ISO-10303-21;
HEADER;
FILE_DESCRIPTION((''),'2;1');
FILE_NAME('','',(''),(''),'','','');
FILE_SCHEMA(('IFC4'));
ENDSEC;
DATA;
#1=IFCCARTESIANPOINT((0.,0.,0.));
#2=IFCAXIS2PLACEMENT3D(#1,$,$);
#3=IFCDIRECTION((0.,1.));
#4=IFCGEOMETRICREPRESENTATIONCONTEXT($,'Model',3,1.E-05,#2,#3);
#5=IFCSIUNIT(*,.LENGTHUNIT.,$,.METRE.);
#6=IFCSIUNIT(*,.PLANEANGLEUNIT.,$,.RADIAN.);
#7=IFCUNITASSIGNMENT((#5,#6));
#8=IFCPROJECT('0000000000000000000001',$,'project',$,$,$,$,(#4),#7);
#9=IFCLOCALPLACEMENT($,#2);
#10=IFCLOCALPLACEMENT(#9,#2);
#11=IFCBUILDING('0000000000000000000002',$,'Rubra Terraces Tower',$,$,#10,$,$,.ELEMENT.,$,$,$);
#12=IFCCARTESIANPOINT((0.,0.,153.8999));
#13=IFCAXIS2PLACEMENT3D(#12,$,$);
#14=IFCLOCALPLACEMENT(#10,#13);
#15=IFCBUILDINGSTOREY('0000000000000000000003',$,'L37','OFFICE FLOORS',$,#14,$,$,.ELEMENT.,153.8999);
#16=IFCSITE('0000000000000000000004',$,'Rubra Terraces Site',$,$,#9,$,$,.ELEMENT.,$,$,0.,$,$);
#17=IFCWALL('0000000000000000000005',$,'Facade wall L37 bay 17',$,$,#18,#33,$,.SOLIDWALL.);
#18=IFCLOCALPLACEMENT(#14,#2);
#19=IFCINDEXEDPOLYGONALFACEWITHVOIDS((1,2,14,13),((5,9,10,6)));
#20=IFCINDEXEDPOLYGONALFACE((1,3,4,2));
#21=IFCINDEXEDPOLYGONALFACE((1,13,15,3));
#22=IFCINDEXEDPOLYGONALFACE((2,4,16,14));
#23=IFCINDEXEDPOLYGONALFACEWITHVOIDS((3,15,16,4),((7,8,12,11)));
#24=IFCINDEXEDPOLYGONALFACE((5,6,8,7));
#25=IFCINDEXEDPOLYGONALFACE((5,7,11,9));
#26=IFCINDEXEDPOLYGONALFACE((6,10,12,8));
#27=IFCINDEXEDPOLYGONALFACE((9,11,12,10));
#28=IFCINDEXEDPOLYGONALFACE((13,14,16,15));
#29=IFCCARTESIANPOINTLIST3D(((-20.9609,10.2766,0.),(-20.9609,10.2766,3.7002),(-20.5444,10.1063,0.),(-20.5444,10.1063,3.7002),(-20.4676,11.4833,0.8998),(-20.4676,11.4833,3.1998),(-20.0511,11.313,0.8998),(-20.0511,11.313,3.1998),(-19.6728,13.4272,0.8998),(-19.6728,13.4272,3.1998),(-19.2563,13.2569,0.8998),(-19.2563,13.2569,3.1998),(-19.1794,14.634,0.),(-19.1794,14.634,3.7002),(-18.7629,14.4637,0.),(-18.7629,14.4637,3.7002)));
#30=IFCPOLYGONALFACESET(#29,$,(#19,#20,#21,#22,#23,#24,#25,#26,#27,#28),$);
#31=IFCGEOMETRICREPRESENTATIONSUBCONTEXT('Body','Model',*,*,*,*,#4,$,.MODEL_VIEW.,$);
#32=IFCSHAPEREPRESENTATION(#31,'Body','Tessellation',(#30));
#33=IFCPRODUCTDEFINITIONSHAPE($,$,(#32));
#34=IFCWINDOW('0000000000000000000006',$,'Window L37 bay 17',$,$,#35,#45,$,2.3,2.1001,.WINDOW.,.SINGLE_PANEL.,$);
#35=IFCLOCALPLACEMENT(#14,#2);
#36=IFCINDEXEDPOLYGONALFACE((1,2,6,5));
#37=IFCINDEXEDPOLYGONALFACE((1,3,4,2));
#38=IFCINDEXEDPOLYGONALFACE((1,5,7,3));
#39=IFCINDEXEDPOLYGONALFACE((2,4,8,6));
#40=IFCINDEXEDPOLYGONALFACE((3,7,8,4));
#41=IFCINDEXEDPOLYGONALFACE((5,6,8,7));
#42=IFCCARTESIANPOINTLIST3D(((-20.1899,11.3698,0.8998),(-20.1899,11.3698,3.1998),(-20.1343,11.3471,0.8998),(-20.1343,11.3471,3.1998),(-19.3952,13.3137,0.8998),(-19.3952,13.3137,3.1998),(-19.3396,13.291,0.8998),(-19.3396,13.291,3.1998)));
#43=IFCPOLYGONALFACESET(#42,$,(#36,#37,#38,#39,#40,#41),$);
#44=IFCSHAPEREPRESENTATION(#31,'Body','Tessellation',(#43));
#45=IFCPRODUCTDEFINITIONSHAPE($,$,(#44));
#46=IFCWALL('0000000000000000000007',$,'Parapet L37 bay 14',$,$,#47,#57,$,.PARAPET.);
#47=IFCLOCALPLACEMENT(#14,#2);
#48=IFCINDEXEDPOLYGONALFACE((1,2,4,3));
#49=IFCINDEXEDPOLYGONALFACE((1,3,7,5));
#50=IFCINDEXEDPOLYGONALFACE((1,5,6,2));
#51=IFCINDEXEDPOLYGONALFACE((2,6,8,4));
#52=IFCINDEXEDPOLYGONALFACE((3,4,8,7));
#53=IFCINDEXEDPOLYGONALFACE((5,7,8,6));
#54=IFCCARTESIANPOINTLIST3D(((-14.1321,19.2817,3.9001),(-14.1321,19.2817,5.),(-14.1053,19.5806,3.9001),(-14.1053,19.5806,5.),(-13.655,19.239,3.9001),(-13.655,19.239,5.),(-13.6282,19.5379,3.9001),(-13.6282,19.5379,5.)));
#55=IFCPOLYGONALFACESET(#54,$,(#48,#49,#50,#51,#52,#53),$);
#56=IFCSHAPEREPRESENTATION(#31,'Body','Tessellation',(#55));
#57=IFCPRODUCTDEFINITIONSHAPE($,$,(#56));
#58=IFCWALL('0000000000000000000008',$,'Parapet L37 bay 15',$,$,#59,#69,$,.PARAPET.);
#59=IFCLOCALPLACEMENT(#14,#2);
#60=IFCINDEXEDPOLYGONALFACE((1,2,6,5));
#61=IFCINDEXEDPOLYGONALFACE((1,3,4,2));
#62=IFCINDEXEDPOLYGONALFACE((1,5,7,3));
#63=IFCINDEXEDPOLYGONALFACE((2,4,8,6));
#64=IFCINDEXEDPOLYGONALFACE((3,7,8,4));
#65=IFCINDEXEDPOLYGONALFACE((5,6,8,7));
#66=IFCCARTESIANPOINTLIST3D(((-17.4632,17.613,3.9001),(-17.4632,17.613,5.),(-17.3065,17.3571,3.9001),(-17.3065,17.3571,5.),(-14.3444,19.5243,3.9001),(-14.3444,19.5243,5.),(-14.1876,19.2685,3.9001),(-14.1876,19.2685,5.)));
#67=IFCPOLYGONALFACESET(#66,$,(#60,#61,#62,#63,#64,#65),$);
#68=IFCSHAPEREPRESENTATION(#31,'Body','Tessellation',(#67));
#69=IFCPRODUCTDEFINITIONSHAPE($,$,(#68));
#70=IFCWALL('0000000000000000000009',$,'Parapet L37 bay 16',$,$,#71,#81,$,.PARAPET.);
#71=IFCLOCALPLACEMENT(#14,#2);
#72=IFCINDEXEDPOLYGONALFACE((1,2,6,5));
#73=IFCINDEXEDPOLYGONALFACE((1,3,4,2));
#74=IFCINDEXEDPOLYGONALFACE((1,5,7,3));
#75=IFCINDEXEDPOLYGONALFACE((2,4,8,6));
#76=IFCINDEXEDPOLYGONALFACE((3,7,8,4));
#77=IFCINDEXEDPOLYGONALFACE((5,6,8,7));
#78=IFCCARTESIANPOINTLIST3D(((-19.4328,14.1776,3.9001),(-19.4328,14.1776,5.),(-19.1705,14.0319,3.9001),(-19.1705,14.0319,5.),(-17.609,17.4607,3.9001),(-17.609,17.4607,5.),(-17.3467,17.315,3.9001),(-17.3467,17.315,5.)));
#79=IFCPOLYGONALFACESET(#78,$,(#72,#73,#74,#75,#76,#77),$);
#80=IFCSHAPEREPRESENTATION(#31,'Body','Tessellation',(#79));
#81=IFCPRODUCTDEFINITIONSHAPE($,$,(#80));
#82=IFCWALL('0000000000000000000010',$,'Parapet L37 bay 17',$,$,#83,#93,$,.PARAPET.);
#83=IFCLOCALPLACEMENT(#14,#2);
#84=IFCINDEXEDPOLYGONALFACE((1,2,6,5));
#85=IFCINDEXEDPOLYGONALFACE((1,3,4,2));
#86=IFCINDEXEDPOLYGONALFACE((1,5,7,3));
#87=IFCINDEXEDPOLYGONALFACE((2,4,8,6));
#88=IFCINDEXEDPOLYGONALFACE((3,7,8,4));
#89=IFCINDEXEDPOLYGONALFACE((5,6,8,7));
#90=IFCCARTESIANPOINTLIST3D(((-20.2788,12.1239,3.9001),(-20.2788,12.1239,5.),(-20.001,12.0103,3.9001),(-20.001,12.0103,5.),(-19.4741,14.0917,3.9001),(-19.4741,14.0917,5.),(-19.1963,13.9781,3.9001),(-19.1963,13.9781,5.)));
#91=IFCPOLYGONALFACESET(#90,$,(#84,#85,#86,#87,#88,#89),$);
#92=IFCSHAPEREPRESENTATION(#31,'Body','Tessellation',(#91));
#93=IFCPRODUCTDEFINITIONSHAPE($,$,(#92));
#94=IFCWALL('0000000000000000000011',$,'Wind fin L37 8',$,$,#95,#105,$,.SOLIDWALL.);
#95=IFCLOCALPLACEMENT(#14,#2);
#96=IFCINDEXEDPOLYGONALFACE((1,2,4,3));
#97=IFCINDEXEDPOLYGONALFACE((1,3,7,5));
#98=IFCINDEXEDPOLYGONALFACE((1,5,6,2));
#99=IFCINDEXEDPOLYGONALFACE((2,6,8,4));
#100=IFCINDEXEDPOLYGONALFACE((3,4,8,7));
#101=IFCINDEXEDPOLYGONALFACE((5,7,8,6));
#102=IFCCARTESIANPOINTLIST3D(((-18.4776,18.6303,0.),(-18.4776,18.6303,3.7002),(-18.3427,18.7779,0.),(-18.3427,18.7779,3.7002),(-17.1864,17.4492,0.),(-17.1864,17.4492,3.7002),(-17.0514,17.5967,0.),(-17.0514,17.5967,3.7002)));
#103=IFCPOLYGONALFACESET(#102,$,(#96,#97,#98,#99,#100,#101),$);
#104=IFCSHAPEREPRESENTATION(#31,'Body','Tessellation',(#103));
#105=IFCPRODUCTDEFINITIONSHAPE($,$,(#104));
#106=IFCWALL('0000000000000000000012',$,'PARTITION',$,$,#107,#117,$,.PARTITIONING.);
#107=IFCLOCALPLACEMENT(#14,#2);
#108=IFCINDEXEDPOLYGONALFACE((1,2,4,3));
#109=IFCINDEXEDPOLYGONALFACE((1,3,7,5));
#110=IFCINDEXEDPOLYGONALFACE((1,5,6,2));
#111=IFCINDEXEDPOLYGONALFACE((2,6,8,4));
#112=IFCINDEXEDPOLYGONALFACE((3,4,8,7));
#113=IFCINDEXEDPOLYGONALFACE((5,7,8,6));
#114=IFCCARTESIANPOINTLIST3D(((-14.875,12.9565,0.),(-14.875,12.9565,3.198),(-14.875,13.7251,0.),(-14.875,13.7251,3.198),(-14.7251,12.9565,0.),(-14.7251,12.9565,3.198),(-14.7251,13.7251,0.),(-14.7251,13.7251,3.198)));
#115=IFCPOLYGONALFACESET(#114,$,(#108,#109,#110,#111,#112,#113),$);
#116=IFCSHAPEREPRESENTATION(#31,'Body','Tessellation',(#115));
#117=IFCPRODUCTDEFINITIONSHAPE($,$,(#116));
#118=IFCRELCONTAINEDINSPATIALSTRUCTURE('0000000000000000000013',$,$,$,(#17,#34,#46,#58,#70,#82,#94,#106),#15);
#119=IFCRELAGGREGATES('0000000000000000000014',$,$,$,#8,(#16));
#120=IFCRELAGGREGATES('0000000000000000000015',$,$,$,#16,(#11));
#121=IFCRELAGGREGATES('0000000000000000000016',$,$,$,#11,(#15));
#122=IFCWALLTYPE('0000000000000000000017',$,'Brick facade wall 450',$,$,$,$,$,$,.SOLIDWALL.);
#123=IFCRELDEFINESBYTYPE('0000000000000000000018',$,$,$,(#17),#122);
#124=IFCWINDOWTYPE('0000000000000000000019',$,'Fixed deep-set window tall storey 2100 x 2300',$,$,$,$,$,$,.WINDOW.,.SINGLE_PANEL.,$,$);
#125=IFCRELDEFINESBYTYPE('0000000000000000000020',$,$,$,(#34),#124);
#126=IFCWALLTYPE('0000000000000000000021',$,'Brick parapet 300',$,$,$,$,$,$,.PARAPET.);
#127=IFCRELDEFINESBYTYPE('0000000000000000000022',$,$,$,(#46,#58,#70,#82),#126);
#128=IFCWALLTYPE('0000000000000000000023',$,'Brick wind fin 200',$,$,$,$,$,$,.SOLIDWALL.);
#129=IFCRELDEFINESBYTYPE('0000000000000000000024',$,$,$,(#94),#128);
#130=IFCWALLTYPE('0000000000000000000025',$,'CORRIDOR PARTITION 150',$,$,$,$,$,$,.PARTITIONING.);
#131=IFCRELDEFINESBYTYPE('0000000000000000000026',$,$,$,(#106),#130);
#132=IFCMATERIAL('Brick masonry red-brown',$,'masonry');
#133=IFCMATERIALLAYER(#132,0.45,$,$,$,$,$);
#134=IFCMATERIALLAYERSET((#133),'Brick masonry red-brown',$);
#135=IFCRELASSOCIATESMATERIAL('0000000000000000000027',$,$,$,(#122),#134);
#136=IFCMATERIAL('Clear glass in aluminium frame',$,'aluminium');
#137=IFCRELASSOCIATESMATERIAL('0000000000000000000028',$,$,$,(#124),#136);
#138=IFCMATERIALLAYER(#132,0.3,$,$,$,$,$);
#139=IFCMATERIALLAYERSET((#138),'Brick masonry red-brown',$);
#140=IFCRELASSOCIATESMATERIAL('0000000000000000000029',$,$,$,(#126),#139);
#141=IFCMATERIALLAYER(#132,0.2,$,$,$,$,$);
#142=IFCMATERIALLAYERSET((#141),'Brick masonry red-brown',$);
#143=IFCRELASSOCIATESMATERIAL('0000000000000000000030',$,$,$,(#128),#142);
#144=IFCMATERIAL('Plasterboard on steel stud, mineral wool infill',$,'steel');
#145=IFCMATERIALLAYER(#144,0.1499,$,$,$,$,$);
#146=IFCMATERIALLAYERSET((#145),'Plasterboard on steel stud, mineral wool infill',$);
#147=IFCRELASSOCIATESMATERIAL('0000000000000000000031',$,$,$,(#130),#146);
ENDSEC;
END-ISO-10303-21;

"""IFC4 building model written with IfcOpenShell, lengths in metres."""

from ifc_helpers import new_model, si_unit, direction, frame, frame_2d, origin, place, context, subcontext, project, spatial, rectangle, extrude, material, layer, layer_set, type_object, element, fill, save


model = new_model("IFC4")

# Units and contexts
model_context = context("Model", 3, precision=1e-05, world=origin(), true_north=direction((0.0, 1.0)))
body_context = subcontext(model_context, "Body", "Model", "MODEL_VIEW")
ifc_project = project(units=[si_unit("LENGTHUNIT", "METRE"), si_unit("PLANEANGLEUNIT", "RADIAN")], contexts=[model_context])

# Site, building, storey
site_placement = place(None, origin())
site = spatial("IfcSite", under=ifc_project, at=site_placement, Name="Rubra Terraces Site", CompositionType="ELEMENT", RefElevation=0.0)
building_placement = place(site_placement, origin())
building = spatial("IfcBuilding", under=site, at=building_placement, Name="Rubra Terraces Tower", CompositionType="ELEMENT")
storey_placement = place(building_placement, frame((0.0, 0.0, 153.8999)))
storey = spatial("IfcBuildingStorey", under=building, at=storey_placement, Name="L37", Description="OFFICE FLOORS", CompositionType="ELEMENT", Elevation=153.8999)

# Wall, opening, window
ifc_material_1 = material(Name="Brick masonry red-brown", Category="masonry")
ifc_layer_1 = layer(ifc_material_1, 0.45)
ifc_layer_set_1 = layer_set([ifc_layer_1], Name="Brick masonry red-brown")
wall_type_1 = type_object("IfcWallType", Name="Brick facade wall 450", PredefinedType="SOLIDWALL", material=ifc_layer_set_1)
ifc_material_2 = material(Name="Clear glass in aluminium frame", Category="aluminium")
window_type = type_object("IfcWindowType", Name="Fixed deep-set window tall storey 2100 x 2300", PartitioningType="SINGLE_PANEL", PredefinedType="WINDOW", material=ifc_material_2)
wall_1_placement = place(storey_placement, frame((-18.9712, 14.5488, 0.0), z_axis=(0.0, 0.0, 1.0), x_axis=(-0.378435, -0.925628, 0.0)))
wall_1 = element("IfcWall", 1, at=wall_1_placement, inside=storey, type_object=wall_type_1, Name="Facade wall L37 bay 17", PredefinedType="SOLIDWALL", context=body_context, shape_type="SweptSolid", body=[
    extrude(rectangle(XDim=4.7075, YDim=0.45, at=frame_2d((2.3538, 0.0))), origin(), (0.0, 0.0, 1.0), 3.7002),
])
opening_1_placement = place(wall_1_placement, frame((1.3037, 0.0, 0.8999)))
opening_1 = element("IfcOpeningElement", 2, at=opening_1_placement, cuts=wall_1, PredefinedType="OPENING", context=body_context, shape_type="SweptSolid", body=[
    extrude(rectangle(XDim=2.1001, YDim=2.3, at=frame_2d((1.05, 1.1499))), frame((0.0, 0.2349, 0.0), z_axis=(0.0, -1.0, 0.0), x_axis=(1.0, 0.0, 0.0)), (0.0, 0.0, 1.0), 0.47),
])
window_1_placement = place(opening_1_placement, origin())
window_1 = element("IfcWindow", 3, at=window_1_placement, inside=storey, type_object=window_type, Name="Window L37 bay 17", OverallHeight=2.3, OverallWidth=2.1001, PartitioningType="SINGLE_PANEL", PredefinedType="WINDOW", context=body_context, shape_type="SweptSolid", body=[
    extrude(rectangle(XDim=2.1001, YDim=2.3, at=frame_2d((1.05, 1.1499))), frame((0.0, 0.135, 0.0), z_axis=(0.0, -1.0, 0.0), x_axis=(1.0, 0.0, 0.0)), (0.0, 0.0, 1.0), 0.0601),
])
fill(opening_1, window_1)

# Walls
ifc_layer_2 = layer(ifc_material_1, 0.3)
ifc_layer_set_2 = layer_set([ifc_layer_2], Name="Brick masonry red-brown")
wall_type_2 = type_object("IfcWallType", Name="Brick parapet 300", PredefinedType="PARAPET", material=ifc_layer_set_2)
wall_2_placement = place(storey_placement, frame((-13.6416, 19.3884, 3.9001), z_axis=(0.0, 0.0, 1.0), x_axis=(-0.996013, 0.089203, 0.0)))
element("IfcWall", 4, at=wall_2_placement, inside=storey, type_object=wall_type_2, Name="Parapet L37 bay 14", PredefinedType="PARAPET", context=body_context, shape_type="SweptSolid", body=[
    extrude(rectangle(XDim=0.479, YDim=0.3, at=frame_2d((0.2395, 0.0))), origin(), (0.0, 0.0, 1.0), 1.0999),
])
wall_3_placement = place(storey_placement, frame((-14.2659, 19.3965, 3.9001), z_axis=(0.0, 0.0, 1.0), x_axis=(-0.852626, -0.522521, 0.0)))
element("IfcWall", 5, at=wall_3_placement, inside=storey, type_object=wall_type_2, Name="Parapet L37 bay 15", PredefinedType="PARAPET", context=body_context, shape_type="SweptSolid", body=[
    extrude(rectangle(XDim=3.658, YDim=0.3, at=frame_2d((1.8291, 0.0))), origin(), (0.0, 0.0, 1.0), 1.0999),
])
wall_4_placement = place(storey_placement, frame((-17.4778, 17.3879, 3.9001), z_axis=(0.0, 0.0, 1.0), x_axis=(-0.485615, -0.874173, 0.0)))
element("IfcWall", 6, at=wall_4_placement, inside=storey, type_object=wall_type_2, Name="Parapet L37 bay 16", PredefinedType="PARAPET", context=body_context, shape_type="SweptSolid", body=[
    extrude(rectangle(XDim=3.7556, YDim=0.3, at=frame_2d((1.8779, 0.0))), origin(), (0.0, 0.0, 1.0), 1.0999),
])
wall_5_placement = place(storey_placement, frame((-19.3352, 14.0349, 3.9001), z_axis=(0.0, 0.0, 1.0), x_axis=(-0.378508, -0.925598, 0.0)))
element("IfcWall", 7, at=wall_5_placement, inside=storey, type_object=wall_type_2, Name="Parapet L37 bay 17", PredefinedType="PARAPET", context=body_context, shape_type="SweptSolid", body=[
    extrude(rectangle(XDim=2.126, YDim=0.3, at=frame_2d((1.063, 0.0))), origin(), (0.0, 0.0, 1.0), 1.0999),
])
ifc_layer_3 = layer(ifc_material_1, 0.2)
ifc_layer_set_3 = layer_set([ifc_layer_3], Name="Brick masonry red-brown")
wall_type_3 = type_object("IfcWallType", Name="Brick wind fin 200", PredefinedType="SOLIDWALL", material=ifc_layer_set_3)
wall_6_placement = place(storey_placement, frame((-17.1189, 17.5229, 0.0), z_axis=(0.0, 0.0, 1.0), x_axis=(-0.737866, 0.674947, 0.0)))
element("IfcWall", 8, at=wall_6_placement, inside=storey, type_object=wall_type_3, Name="Wind fin L37 8", PredefinedType="SOLIDWALL", context=body_context, shape_type="SweptSolid", body=[
    extrude(rectangle(XDim=1.75, YDim=0.2, at=frame_2d((0.875, 0.0))), origin(), (0.0, 0.0, 1.0), 3.7002),
])
ifc_material_3 = material(Name="Plasterboard on steel stud, mineral wool infill", Category="steel")
ifc_layer_4 = layer(ifc_material_3, 0.1499)
ifc_layer_set_4 = layer_set([ifc_layer_4], Name="Plasterboard on steel stud, mineral wool infill")
wall_type_4 = type_object("IfcWallType", Name="CORRIDOR PARTITION 150", PredefinedType="PARTITIONING", material=ifc_layer_set_4)
wall_7_placement = place(storey_placement, frame((-14.8, 13.7251, 0.0), z_axis=(0.0, 0.0, 1.0), x_axis=(0.0, -1.0, 0.0)))
element("IfcWall", 9, at=wall_7_placement, inside=storey, type_object=wall_type_4, Name="PARTITION", PredefinedType="PARTITIONING", context=body_context, shape_type="SweptSolid", body=[
    extrude(rectangle(XDim=0.7686, YDim=0.1499, at=frame_2d((0.3843, 0.0))), origin(), (0.0, 0.0, 1.0), 3.198),
])

save(model, "model.ifc")
